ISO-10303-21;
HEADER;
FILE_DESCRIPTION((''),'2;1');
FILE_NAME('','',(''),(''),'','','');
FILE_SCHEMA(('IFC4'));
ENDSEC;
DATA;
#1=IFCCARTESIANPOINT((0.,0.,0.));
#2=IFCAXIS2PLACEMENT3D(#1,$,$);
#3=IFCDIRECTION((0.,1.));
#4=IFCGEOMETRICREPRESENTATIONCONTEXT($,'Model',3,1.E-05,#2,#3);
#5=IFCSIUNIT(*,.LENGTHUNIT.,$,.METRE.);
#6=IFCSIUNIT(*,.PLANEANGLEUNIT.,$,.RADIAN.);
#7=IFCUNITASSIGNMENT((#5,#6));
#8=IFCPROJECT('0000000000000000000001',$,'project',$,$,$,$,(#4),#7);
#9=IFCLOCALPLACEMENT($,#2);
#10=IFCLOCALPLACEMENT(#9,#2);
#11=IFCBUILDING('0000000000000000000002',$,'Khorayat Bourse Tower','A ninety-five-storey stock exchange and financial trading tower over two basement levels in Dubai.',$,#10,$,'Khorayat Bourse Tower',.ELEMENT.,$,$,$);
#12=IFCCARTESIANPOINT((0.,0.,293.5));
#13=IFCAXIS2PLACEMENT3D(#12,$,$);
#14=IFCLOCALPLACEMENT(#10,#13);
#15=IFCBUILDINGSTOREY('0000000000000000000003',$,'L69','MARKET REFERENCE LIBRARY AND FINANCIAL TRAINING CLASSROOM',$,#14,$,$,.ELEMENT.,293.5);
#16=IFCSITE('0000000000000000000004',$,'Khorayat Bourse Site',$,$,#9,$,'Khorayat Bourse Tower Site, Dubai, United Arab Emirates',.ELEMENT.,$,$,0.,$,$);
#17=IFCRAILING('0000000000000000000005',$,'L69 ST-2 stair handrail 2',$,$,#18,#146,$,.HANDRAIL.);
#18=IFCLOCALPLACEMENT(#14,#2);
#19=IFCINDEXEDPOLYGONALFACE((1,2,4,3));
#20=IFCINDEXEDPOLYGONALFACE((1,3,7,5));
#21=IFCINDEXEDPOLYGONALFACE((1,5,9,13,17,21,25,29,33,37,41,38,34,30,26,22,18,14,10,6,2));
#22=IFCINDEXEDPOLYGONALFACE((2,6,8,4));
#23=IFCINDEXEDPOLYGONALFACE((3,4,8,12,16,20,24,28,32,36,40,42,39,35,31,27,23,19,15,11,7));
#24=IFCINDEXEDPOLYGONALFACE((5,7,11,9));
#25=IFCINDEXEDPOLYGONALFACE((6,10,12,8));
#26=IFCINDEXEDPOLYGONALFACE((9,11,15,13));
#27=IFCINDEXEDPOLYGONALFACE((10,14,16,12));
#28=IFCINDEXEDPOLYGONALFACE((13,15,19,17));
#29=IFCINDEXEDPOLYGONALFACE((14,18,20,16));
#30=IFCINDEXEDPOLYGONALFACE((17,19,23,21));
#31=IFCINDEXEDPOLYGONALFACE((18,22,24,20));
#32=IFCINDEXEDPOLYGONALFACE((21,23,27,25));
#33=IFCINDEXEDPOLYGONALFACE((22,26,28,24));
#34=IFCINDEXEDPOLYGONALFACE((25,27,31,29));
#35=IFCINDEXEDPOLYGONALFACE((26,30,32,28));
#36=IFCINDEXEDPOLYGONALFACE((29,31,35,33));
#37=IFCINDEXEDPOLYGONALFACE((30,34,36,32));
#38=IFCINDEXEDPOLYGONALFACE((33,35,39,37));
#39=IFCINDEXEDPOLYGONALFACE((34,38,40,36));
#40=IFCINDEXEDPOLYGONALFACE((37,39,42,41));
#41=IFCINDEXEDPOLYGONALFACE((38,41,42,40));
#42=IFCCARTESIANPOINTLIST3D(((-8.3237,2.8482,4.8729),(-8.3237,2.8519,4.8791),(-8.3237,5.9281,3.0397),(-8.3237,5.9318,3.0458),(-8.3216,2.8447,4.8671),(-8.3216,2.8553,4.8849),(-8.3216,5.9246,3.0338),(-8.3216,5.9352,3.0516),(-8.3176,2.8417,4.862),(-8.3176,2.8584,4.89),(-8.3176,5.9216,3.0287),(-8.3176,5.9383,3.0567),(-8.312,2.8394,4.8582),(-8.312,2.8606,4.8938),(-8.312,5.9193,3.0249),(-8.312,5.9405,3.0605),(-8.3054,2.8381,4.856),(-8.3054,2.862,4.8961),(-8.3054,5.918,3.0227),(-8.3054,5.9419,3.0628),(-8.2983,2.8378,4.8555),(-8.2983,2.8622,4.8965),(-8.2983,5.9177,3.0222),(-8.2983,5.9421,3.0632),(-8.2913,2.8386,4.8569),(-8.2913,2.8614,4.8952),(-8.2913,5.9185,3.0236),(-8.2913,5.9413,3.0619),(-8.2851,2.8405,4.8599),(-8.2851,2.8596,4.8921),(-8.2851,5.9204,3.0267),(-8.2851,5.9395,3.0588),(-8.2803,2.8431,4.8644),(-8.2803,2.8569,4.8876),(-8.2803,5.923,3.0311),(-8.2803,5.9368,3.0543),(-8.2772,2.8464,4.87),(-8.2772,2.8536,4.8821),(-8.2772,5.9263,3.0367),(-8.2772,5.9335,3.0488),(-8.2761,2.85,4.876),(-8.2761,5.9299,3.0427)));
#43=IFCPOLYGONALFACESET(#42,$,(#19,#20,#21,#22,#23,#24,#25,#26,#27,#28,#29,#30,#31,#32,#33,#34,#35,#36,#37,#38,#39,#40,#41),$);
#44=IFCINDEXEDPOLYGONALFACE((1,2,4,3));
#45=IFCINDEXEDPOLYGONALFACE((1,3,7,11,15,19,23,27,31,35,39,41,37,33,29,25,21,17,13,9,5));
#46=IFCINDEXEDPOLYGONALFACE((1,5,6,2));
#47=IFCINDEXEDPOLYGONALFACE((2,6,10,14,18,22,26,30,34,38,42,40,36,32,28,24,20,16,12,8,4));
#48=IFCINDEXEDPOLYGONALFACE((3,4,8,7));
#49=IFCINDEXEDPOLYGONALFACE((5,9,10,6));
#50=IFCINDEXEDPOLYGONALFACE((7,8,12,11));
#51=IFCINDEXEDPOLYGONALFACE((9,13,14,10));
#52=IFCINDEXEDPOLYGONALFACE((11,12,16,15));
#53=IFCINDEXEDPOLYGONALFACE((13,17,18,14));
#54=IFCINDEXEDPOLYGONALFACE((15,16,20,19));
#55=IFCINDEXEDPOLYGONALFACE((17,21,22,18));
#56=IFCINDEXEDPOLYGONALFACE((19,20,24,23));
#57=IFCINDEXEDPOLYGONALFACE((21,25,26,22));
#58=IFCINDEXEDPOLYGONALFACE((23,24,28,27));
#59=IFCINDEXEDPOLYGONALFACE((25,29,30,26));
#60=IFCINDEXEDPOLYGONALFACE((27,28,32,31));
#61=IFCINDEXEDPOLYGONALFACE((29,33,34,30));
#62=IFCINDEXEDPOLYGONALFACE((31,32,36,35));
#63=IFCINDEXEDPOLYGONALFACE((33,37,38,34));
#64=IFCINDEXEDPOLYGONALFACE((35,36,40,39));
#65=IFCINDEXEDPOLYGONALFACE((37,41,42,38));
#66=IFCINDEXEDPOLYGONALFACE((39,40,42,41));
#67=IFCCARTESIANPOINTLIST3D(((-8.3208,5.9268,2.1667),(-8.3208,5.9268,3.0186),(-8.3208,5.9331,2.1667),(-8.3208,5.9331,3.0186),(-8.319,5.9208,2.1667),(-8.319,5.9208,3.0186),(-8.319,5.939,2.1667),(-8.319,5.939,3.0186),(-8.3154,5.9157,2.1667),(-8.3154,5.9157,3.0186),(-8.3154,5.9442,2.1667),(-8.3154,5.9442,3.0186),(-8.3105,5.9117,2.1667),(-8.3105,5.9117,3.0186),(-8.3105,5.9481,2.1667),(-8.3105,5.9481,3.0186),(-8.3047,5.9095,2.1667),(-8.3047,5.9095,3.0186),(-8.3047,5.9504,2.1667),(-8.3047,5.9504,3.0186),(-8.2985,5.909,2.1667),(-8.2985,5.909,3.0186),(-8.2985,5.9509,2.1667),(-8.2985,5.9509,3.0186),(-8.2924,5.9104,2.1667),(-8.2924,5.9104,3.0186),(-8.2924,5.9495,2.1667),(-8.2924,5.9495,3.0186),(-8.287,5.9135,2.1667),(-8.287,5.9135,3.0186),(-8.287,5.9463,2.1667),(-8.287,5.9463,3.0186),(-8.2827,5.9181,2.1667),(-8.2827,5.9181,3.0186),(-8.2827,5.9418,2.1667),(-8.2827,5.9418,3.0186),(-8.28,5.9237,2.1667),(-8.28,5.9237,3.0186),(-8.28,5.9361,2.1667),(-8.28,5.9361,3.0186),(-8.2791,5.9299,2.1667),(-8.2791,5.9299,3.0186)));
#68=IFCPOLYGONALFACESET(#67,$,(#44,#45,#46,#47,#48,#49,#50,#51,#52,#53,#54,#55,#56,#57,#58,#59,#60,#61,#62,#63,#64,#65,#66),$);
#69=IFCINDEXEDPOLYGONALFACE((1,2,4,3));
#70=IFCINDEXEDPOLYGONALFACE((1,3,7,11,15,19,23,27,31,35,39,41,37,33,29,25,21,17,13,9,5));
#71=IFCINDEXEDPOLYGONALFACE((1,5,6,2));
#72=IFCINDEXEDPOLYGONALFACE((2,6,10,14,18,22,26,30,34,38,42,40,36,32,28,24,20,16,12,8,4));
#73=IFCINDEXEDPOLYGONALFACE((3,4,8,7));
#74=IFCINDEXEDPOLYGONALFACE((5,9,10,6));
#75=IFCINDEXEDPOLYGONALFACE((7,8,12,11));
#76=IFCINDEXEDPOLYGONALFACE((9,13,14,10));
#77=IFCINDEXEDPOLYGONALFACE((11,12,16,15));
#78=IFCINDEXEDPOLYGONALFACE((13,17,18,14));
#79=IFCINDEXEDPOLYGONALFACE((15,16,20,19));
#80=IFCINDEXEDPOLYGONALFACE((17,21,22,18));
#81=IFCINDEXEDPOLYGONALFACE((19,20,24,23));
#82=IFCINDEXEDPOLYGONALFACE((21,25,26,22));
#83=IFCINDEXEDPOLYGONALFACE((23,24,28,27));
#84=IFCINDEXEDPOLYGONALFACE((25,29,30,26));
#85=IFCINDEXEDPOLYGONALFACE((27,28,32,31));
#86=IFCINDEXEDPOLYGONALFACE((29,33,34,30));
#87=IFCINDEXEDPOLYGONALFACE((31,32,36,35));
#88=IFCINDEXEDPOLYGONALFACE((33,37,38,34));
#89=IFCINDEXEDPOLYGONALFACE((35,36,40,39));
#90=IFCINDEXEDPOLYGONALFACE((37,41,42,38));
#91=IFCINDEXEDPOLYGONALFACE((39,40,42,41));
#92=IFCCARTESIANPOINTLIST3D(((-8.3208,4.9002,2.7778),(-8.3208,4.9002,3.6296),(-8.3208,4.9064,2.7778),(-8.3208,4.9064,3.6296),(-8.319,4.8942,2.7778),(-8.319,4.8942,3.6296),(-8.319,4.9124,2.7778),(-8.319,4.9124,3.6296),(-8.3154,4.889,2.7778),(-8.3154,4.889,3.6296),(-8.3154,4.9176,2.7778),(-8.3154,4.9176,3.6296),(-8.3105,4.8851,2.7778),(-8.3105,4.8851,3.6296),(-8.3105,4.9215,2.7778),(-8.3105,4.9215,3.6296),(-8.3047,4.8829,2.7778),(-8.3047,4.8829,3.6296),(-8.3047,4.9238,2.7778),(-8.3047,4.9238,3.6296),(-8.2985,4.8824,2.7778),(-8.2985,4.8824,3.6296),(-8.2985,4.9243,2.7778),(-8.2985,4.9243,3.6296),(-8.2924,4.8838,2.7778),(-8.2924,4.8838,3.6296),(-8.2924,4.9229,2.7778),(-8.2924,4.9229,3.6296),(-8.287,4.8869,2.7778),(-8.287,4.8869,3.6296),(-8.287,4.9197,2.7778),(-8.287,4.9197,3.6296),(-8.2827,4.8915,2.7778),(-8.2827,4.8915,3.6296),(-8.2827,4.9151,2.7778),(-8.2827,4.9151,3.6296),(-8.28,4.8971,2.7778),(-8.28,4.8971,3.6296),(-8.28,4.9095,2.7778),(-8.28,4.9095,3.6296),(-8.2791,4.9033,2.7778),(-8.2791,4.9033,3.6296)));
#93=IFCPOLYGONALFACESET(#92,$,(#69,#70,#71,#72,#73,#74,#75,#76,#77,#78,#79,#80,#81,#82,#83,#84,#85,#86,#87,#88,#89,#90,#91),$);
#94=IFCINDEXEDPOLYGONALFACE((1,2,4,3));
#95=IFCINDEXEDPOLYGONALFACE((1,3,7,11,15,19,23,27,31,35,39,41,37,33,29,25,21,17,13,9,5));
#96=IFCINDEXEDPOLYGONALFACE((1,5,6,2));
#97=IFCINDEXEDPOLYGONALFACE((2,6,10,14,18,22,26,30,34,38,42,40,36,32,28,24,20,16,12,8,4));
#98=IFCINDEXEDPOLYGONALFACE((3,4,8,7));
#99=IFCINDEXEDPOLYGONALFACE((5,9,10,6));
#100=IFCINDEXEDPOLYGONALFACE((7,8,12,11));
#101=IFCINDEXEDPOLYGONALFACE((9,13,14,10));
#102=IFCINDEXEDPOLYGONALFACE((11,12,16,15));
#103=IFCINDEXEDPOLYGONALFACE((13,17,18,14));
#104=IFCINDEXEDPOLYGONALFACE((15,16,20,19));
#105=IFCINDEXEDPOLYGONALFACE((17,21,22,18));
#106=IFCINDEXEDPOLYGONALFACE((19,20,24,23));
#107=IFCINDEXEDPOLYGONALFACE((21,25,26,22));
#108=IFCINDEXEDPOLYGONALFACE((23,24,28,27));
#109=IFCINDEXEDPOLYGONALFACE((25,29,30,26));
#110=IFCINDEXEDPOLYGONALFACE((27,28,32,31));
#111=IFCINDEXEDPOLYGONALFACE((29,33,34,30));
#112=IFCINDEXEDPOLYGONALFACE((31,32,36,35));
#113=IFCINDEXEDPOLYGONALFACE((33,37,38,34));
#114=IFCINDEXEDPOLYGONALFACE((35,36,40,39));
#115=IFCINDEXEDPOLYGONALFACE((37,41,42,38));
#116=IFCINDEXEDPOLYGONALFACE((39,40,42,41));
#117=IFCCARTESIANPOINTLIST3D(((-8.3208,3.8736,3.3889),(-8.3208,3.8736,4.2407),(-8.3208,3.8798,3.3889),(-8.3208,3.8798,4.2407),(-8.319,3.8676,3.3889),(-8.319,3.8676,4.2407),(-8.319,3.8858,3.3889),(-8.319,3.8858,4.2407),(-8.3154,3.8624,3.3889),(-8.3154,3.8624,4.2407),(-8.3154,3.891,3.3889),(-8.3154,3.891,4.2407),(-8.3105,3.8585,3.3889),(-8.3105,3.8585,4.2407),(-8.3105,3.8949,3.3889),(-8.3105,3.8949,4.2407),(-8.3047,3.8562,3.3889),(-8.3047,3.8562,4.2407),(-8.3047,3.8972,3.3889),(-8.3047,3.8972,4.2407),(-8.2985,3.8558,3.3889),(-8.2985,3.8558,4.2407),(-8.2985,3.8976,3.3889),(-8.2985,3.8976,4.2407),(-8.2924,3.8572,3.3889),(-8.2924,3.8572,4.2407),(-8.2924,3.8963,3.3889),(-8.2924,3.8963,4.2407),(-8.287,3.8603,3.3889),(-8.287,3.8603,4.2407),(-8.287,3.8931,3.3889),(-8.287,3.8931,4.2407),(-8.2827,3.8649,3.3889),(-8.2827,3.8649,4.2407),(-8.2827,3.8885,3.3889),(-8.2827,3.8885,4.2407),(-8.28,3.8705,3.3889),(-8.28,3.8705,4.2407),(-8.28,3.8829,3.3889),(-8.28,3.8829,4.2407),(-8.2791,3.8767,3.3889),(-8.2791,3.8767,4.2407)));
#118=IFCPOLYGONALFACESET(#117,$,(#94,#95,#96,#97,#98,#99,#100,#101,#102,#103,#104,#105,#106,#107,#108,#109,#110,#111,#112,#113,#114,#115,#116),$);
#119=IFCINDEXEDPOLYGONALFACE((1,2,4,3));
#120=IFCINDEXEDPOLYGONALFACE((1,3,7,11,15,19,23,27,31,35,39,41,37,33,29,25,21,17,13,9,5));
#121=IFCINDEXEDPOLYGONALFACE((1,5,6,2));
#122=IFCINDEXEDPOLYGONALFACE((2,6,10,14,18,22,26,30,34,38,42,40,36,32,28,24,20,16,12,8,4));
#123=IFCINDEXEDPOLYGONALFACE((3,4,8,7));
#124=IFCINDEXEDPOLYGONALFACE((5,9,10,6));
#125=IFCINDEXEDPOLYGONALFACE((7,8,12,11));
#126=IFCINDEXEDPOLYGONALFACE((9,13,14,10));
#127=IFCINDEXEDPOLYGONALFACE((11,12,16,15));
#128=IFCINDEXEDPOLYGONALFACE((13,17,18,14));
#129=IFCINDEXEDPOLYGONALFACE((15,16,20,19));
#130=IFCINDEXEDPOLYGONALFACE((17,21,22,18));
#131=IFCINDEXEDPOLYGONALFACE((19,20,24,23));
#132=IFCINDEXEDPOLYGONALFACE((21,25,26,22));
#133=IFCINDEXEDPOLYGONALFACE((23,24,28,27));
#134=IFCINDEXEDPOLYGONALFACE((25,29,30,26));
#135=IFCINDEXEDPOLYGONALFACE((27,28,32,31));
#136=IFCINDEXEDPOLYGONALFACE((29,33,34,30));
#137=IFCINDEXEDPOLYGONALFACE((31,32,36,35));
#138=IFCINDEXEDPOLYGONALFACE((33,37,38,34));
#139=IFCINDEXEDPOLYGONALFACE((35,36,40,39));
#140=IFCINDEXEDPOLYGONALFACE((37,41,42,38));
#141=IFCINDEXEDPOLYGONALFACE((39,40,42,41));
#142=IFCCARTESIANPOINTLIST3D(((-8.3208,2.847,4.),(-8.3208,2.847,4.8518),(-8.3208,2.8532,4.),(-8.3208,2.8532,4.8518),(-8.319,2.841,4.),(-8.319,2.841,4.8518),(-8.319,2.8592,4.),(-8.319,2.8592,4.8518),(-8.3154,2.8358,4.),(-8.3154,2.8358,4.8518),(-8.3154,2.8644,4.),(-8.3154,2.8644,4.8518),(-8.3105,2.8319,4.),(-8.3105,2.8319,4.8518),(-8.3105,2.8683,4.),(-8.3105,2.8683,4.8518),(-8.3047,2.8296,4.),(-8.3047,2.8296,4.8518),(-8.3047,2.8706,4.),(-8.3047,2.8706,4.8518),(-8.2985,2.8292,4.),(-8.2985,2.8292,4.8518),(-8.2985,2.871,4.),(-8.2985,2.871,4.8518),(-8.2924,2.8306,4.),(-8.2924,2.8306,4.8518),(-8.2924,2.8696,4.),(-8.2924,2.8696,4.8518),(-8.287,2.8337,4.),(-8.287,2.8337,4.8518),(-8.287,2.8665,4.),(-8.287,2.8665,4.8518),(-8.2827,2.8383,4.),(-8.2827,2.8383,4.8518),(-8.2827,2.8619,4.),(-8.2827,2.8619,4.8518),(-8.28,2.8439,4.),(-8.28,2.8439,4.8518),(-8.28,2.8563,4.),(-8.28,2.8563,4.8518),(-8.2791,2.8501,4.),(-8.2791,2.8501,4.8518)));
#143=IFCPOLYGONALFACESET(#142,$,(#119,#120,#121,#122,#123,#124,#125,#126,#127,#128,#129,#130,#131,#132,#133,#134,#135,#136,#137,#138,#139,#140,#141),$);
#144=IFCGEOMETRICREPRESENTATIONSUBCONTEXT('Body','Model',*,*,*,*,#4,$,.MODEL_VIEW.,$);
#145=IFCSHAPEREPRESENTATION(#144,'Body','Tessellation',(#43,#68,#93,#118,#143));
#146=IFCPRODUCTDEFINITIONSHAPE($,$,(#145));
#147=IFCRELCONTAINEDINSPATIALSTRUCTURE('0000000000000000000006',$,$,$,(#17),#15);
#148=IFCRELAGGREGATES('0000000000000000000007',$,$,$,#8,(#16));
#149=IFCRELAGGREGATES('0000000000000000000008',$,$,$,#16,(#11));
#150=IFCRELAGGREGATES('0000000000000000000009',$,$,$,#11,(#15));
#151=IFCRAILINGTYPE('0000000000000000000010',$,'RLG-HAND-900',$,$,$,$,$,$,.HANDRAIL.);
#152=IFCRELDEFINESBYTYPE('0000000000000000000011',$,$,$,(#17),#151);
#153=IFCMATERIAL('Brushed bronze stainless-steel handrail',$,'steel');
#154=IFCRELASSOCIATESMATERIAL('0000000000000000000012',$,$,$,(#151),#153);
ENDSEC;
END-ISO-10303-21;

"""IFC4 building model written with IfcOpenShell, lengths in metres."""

from ifc_helpers import new_model, si_unit, direction, frame, origin, origin_2d, place, context, subcontext, project, spatial, circle, extrude, source, transform, mapped, material, type_object, element, save


model = new_model("IFC4")

# Units and contexts
model_context = context("Model", 3, precision=1e-05, world=origin(), true_north=direction((0.0, 1.0)))
body_context = subcontext(model_context, "Body", "Model", "MODEL_VIEW")
ifc_project = project(units=[si_unit("LENGTHUNIT", "METRE"), si_unit("PLANEANGLEUNIT", "RADIAN")], contexts=[model_context])

# Site, building, storey
site_placement = place(None, origin())
site = spatial("IfcSite", under=ifc_project, at=site_placement, Name="Khorayat Bourse Site", LongName="Khorayat Bourse Tower Site, Dubai, United Arab Emirates", CompositionType="ELEMENT", RefElevation=0.0)
building_placement = place(site_placement, origin())
building = spatial("IfcBuilding", under=site, at=building_placement, Name="Khorayat Bourse Tower", Description="A ninety-five-storey stock exchange and financial trading tower over two basement levels in Dubai.", LongName="Khorayat Bourse Tower", CompositionType="ELEMENT")
storey_placement = place(building_placement, frame((0.0, 0.0, 293.5)))
storey = spatial("IfcBuildingStorey", under=building, at=storey_placement, Name="L69", Description="MARKET REFERENCE LIBRARY AND FINANCIAL TRAINING CLASSROOM", CompositionType="ELEMENT", Elevation=293.5)

# Railing
ifc_material_1 = material(Name="Brushed bronze stainless-steel handrail", Category="steel")
railing_type_1 = type_object("IfcRailingType", Name="RLG-HAND-900", PredefinedType="HANDRAIL", material=ifc_material_1)
shared_shape_1 = source(origin(), body_context, "Body", "SweptSolid", [
    extrude(circle(Radius=0.0239, at=origin_2d()), frame((0.0, 0.0, 0.876), z_axis=(0.0, -0.859291, 0.511487), x_axis=(1.0, 0.0, 0.0)), (0.0, 0.0, 1.0), 3.5842),
    extrude(circle(Radius=0.021, at=origin_2d()), origin(), (0.0, 0.0, 1.0), 0.8518),
    extrude(circle(Radius=0.021, at=origin_2d()), frame((0.0, -1.0266, 0.6111)), (0.0, 0.0, 1.0), 0.8518),
    extrude(circle(Radius=0.021, at=origin_2d()), frame((0.0, -2.0532, 1.2222)), (0.0, 0.0, 1.0), 0.8518),
    extrude(circle(Radius=0.021, at=origin_2d()), frame((0.0, -3.0798, 1.8333)), (0.0, 0.0, 1.0), 0.8518),
])
railing_1_placement = place(storey_placement, frame((-8.3, 5.9299, 2.1667)))
element("IfcRailing", 1, at=railing_1_placement, inside=storey, type_object=railing_type_1, Name="L69 ST-2 stair handrail 2", PredefinedType="HANDRAIL", context=body_context, shape_type="MappedRepresentation", body=[
    mapped(shared_shape_1, transform((0.0, 0.0, 0.0), scale=1.0)),
])

save(model, "model.ifc")
